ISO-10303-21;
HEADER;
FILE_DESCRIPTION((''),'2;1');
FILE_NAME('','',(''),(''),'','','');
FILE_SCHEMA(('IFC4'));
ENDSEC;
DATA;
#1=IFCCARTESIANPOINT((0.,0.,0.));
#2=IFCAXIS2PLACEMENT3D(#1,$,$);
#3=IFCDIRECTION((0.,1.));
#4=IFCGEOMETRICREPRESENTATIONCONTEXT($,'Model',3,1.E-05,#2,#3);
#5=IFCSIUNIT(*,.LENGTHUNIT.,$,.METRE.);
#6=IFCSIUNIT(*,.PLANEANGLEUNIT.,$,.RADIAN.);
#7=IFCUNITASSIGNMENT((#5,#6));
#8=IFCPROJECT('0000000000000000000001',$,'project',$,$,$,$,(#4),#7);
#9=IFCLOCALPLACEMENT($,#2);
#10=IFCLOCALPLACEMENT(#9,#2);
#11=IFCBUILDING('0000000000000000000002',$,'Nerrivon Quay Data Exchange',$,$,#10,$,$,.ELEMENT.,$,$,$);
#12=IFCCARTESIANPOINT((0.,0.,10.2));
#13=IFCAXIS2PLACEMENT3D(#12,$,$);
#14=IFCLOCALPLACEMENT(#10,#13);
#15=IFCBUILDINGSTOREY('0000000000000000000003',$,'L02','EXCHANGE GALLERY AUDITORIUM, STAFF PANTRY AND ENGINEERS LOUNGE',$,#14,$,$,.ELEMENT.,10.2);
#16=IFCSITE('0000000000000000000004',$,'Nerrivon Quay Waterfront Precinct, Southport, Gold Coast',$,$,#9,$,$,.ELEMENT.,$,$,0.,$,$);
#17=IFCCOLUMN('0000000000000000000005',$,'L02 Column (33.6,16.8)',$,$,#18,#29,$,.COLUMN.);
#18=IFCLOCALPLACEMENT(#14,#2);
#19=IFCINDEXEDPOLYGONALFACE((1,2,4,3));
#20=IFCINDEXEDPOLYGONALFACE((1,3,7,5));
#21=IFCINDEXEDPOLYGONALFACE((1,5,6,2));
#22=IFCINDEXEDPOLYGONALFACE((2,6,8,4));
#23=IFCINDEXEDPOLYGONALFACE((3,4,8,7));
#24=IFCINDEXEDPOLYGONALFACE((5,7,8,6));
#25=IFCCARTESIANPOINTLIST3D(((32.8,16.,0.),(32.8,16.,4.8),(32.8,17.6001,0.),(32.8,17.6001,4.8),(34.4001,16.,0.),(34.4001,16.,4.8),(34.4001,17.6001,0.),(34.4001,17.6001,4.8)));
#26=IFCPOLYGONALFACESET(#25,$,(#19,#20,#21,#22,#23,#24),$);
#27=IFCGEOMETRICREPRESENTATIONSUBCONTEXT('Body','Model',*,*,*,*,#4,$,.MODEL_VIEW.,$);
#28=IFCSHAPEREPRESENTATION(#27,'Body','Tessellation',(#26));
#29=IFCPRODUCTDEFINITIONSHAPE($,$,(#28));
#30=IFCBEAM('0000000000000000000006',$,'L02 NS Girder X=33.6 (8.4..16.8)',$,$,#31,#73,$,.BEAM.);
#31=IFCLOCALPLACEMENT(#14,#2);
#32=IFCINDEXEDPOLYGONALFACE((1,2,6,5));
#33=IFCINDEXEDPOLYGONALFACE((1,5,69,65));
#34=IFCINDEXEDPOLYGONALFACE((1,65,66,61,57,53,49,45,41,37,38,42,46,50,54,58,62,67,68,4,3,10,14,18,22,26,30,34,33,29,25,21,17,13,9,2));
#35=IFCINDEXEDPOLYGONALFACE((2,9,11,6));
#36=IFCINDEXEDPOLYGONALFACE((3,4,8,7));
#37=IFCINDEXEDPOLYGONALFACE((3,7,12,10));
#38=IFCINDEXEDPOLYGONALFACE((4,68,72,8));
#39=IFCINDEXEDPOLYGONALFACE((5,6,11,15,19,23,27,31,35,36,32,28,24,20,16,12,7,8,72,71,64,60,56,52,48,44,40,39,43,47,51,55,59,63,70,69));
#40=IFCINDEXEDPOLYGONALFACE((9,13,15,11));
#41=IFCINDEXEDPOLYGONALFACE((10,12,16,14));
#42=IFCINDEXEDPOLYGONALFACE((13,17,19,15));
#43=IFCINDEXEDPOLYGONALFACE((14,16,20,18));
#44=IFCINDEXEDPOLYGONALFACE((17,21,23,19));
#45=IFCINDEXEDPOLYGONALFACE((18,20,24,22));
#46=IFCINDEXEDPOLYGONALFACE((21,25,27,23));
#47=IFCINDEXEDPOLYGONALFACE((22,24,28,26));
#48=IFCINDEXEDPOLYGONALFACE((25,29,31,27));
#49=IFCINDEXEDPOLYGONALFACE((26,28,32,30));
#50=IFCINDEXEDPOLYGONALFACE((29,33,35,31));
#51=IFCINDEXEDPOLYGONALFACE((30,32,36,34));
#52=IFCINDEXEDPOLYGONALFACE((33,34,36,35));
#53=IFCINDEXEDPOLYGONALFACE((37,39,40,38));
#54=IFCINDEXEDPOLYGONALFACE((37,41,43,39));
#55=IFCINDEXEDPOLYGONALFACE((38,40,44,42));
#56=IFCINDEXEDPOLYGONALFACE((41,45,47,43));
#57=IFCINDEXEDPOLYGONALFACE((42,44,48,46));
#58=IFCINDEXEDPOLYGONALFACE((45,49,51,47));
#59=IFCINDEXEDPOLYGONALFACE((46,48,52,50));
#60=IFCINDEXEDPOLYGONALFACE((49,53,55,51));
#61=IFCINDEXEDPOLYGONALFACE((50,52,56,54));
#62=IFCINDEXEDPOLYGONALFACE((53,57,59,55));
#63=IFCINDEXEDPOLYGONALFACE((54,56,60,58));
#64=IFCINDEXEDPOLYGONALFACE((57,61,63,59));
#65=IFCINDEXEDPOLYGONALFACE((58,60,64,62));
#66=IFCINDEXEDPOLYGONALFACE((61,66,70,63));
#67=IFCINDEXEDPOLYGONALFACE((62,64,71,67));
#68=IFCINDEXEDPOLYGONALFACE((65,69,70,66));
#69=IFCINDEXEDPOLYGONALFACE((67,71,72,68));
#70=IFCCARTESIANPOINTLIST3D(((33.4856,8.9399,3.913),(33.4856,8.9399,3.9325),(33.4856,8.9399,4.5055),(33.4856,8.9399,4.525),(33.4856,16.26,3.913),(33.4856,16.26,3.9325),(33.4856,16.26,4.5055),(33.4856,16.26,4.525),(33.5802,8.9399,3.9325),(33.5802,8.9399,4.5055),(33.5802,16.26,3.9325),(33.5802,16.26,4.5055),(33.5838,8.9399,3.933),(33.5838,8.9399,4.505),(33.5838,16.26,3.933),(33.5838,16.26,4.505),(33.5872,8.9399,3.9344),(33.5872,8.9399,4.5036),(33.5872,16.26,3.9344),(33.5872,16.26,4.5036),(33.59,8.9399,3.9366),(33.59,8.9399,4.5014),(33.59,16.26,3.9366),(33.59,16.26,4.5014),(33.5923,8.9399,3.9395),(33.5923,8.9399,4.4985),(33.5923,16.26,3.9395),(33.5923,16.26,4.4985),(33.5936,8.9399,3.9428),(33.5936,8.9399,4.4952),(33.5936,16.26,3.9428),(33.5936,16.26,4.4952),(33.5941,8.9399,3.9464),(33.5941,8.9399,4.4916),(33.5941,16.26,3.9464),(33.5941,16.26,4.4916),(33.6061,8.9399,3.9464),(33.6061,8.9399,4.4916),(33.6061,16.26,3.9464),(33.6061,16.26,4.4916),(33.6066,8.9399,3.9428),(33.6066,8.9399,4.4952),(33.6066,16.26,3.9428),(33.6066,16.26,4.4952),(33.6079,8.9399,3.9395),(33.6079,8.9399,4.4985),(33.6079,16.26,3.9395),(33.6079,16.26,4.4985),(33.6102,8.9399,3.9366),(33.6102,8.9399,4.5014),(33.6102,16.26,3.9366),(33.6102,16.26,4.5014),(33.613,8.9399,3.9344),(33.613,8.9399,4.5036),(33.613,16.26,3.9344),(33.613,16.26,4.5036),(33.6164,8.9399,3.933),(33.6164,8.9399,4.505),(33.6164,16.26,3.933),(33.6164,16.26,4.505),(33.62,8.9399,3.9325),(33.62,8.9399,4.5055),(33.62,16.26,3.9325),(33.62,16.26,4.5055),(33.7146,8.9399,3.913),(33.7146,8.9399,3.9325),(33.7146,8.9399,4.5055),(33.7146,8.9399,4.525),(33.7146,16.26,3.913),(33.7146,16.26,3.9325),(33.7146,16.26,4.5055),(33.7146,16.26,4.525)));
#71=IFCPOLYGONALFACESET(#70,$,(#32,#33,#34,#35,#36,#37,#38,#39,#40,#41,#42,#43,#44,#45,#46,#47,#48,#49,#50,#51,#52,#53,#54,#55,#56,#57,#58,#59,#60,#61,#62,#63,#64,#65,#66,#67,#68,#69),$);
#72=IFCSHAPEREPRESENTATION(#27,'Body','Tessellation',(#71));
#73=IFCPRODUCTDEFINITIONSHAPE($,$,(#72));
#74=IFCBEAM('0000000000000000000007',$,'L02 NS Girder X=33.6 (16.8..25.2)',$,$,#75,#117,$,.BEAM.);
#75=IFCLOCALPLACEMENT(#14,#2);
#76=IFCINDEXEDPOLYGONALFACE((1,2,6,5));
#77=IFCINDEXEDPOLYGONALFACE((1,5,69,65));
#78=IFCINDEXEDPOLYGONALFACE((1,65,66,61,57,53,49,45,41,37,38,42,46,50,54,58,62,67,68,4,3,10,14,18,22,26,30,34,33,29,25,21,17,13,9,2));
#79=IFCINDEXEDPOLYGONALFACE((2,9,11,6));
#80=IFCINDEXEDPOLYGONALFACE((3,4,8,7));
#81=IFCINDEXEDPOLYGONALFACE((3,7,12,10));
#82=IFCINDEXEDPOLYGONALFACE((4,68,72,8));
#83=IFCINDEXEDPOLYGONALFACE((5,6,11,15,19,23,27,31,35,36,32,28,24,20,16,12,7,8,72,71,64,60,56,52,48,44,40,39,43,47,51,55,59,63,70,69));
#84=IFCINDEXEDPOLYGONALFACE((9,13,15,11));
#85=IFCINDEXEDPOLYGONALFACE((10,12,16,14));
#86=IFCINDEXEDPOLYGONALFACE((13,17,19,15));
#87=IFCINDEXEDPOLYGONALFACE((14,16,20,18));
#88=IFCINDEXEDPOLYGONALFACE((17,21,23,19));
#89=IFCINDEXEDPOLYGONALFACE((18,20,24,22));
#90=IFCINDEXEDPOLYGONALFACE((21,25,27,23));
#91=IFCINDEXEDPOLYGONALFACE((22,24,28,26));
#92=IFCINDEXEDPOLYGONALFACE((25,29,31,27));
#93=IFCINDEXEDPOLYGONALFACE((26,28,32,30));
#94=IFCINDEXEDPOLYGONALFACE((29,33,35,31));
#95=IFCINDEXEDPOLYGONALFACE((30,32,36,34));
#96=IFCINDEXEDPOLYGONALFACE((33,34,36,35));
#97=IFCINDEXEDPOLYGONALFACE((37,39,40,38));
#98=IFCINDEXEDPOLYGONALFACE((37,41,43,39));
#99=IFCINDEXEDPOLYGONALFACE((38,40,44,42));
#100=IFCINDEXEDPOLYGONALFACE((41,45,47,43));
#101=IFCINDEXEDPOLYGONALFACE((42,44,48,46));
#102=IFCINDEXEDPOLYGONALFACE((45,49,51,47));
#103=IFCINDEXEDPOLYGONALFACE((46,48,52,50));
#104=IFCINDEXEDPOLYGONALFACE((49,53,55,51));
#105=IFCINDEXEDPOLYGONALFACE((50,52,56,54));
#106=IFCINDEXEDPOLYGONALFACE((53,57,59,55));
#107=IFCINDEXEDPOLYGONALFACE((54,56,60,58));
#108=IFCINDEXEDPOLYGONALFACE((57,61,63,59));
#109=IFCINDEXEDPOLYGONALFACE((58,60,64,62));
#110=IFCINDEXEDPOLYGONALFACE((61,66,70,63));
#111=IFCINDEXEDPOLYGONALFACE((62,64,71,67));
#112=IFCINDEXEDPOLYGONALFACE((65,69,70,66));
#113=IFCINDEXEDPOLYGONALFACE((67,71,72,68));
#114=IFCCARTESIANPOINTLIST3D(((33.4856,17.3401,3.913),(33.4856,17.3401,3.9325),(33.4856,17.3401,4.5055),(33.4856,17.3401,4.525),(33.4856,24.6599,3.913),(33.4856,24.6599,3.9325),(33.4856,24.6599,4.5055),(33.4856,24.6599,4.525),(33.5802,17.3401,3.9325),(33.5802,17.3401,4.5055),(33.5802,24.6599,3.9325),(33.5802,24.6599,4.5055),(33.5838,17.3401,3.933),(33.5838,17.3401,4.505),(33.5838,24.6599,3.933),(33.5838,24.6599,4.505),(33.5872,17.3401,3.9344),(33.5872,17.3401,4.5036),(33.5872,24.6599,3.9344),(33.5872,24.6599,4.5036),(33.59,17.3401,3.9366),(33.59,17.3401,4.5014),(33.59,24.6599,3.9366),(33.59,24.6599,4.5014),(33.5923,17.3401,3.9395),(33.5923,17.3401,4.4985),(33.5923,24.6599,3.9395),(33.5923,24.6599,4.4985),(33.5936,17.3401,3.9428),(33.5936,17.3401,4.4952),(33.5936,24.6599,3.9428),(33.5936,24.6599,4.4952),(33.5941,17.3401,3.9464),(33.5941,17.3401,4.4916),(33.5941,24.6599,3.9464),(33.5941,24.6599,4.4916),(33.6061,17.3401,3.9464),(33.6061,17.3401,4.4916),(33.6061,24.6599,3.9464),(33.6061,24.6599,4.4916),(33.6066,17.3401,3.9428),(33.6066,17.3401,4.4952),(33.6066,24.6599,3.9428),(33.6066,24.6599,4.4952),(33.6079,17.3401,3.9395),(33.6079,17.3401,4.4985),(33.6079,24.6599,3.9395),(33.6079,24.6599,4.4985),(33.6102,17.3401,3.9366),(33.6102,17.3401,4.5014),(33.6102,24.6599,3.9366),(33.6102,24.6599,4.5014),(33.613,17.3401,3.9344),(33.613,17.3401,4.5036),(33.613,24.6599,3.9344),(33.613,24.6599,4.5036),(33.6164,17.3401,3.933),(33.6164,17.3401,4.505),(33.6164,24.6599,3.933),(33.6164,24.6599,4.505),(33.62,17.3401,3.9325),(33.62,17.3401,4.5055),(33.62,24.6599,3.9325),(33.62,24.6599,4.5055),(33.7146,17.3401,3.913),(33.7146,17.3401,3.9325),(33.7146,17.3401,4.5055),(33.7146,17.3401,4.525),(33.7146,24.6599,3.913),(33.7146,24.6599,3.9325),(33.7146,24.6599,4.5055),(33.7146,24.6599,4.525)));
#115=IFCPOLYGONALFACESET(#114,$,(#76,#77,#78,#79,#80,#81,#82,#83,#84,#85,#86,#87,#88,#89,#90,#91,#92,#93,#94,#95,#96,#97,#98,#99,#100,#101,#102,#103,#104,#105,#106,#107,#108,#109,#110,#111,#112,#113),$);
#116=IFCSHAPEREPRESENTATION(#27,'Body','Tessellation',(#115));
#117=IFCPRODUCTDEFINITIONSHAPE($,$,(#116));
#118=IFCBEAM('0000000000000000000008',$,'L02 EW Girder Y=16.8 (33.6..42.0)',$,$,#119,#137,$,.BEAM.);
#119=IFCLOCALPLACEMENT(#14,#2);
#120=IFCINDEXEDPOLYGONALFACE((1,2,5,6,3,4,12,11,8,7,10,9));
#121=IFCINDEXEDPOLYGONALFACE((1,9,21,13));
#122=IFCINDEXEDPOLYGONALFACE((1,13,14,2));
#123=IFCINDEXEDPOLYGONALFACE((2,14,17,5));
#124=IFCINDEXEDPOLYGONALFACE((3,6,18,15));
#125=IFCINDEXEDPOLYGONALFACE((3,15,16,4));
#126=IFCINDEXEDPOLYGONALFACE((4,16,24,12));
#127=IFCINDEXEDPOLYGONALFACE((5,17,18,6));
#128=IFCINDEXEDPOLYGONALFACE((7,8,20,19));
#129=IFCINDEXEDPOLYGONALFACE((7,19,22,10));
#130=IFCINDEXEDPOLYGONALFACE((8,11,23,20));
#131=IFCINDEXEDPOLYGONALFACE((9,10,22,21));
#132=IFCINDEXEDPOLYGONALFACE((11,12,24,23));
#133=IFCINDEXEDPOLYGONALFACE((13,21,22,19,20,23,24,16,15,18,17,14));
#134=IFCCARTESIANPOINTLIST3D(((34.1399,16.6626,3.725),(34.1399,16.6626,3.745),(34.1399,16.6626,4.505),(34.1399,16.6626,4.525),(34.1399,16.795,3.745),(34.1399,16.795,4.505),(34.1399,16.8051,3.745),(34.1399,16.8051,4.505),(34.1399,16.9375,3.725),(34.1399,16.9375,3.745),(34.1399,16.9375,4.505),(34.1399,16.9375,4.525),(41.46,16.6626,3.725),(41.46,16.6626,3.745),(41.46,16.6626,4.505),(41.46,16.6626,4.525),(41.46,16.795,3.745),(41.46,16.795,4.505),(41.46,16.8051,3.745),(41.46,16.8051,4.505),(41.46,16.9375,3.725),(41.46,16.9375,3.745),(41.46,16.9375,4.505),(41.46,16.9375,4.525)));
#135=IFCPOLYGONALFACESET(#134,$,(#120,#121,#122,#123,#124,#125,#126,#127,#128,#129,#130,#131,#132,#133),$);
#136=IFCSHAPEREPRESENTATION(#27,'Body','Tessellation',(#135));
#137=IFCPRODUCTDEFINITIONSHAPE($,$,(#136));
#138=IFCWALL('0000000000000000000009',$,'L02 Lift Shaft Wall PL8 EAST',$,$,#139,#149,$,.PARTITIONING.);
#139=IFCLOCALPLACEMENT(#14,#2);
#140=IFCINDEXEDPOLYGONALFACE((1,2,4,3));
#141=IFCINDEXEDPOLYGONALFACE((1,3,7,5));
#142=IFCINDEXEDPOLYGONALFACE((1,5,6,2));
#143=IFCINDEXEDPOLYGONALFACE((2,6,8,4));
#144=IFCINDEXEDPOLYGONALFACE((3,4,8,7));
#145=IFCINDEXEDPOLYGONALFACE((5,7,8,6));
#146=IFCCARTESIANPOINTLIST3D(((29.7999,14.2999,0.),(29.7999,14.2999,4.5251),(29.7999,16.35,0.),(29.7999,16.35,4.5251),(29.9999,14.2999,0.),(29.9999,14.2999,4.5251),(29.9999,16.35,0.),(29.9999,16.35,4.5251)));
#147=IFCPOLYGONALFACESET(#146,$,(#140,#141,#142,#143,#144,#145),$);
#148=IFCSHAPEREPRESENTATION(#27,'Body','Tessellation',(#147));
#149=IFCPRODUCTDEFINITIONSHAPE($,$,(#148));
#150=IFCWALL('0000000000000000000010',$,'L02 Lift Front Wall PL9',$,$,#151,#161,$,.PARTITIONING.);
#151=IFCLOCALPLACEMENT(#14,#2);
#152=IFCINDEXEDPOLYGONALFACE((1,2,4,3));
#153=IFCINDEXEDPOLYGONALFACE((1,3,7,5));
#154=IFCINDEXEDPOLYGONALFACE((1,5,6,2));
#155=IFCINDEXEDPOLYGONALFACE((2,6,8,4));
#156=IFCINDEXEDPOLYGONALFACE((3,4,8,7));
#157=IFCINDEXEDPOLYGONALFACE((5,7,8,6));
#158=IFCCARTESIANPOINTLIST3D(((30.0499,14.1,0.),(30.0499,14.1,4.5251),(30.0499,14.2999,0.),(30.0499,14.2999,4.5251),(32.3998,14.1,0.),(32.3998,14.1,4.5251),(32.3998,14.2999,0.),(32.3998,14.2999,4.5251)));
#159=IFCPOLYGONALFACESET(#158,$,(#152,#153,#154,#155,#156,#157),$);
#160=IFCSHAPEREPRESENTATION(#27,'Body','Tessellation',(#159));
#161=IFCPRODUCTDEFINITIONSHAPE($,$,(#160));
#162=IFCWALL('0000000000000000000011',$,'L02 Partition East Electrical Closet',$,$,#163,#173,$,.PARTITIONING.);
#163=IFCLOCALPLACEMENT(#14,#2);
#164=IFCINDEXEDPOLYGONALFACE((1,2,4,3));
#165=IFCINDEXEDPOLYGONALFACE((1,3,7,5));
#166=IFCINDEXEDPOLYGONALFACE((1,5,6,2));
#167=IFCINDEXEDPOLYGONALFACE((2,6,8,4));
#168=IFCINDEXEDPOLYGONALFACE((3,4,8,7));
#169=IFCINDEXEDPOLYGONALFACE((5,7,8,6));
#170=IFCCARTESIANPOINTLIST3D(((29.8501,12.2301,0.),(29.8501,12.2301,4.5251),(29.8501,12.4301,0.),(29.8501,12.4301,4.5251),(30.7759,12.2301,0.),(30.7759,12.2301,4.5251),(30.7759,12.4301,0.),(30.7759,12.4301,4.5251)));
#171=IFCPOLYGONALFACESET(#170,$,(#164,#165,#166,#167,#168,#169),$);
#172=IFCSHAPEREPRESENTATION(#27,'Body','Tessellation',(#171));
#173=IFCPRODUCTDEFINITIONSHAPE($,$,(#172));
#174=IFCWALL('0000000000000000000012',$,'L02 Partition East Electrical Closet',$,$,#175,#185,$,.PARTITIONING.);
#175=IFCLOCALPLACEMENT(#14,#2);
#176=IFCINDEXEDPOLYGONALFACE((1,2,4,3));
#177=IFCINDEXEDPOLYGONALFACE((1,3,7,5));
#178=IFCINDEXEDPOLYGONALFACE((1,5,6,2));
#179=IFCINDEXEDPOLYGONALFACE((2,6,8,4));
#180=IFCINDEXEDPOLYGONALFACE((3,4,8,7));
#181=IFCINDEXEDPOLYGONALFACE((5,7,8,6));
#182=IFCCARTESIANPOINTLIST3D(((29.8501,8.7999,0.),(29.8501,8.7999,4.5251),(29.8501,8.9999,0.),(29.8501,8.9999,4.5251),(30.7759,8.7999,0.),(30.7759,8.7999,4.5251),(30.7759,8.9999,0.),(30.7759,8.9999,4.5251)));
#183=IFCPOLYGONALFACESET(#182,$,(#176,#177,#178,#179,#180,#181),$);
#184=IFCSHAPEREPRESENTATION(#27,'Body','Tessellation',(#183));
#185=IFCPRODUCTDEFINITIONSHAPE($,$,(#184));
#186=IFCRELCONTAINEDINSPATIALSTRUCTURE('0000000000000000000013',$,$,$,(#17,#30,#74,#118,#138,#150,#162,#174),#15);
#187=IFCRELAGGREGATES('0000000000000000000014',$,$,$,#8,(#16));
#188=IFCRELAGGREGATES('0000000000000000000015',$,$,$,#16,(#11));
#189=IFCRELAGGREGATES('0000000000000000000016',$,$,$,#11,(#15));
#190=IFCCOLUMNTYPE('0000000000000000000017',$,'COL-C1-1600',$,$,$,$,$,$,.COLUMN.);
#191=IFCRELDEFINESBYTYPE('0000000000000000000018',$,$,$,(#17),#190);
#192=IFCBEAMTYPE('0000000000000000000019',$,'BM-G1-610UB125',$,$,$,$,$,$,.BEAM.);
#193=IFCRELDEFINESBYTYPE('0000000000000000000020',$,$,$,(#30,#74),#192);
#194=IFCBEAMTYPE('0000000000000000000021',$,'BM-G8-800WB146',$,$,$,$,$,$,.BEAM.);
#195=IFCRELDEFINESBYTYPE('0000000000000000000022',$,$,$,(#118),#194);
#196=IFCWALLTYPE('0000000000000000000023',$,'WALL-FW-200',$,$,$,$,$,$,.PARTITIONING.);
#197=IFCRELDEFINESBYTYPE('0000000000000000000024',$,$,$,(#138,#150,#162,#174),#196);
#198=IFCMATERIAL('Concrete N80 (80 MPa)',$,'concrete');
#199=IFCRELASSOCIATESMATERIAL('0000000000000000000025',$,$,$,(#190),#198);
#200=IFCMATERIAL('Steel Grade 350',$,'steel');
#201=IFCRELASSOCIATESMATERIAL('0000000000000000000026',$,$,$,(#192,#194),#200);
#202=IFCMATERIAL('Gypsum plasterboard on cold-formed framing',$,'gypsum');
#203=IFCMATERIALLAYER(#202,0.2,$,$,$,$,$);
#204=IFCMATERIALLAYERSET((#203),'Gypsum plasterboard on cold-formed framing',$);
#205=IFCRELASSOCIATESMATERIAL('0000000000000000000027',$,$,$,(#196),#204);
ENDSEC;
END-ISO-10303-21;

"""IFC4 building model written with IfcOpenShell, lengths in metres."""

from ifc_helpers import new_model, si_unit, direction, frame, frame_2d, origin, origin_2d, place, context, subcontext, project, spatial, rectangle, i_section, extrude, material, layer, layer_set, material_profile, profile_set, type_object, element, save


model = new_model("IFC4")

# Units and contexts
model_context = context("Model", 3, precision=1e-05, world=origin(), true_north=direction((0.0, 1.0)))
body_context = subcontext(model_context, "Body", "Model", "MODEL_VIEW")
ifc_project = project(units=[si_unit("LENGTHUNIT", "METRE"), si_unit("PLANEANGLEUNIT", "RADIAN")], contexts=[model_context])

# Site, building, storey
site_placement = place(None, origin())
site = spatial("IfcSite", under=ifc_project, at=site_placement, Name="Nerrivon Quay Waterfront Precinct, Southport, Gold Coast", CompositionType="ELEMENT", RefElevation=0.0)
building_placement = place(site_placement, origin())
building = spatial("IfcBuilding", under=site, at=building_placement, Name="Nerrivon Quay Data Exchange", CompositionType="ELEMENT")
storey_placement = place(building_placement, frame((0.0, 0.0, 10.2)))
storey = spatial("IfcBuildingStorey", under=building, at=storey_placement, Name="L02", Description="EXCHANGE GALLERY AUDITORIUM, STAFF PANTRY AND ENGINEERS LOUNGE", CompositionType="ELEMENT", Elevation=10.2)

# Column
ifc_material_1 = material(Name="Concrete N80 (80 MPa)", Category="concrete")
ifc_material_profile_1 = material_profile(ifc_material_1, rectangle(XDim=1.6001, YDim=1.6001, at=origin_2d()), Name="RC-COL-1600x1600")
ifc_profile_set_1 = profile_set([ifc_material_profile_1], Name="Concrete N80 (80 MPa)")
column_type = type_object("IfcColumnType", Name="COL-C1-1600", PredefinedType="COLUMN", material=ifc_profile_set_1)
column_placement = place(storey_placement, frame((33.6001, 16.8, 0.0), z_axis=(0.0, 0.0, 1.0), x_axis=(1.0, 0.0, 0.0)))
element("IfcColumn", 1, at=column_placement, inside=storey, type_object=column_type, Name="L02 Column (33.6,16.8)", PredefinedType="COLUMN", context=body_context, shape_type="SweptSolid", body=[
    extrude(rectangle(XDim=1.6001, YDim=1.6001, at=origin_2d()), origin(), (0.0, 0.0, 1.0), 4.8),
])

# Beams
ifc_material_2 = material(Name="Steel Grade 350", Category="steel")
ifc_material_profile_2 = material_profile(ifc_material_2, i_section(OverallWidth=0.229, OverallDepth=0.6121, WebThickness=0.012, FlangeThickness=0.0195, FilletRadius=0.0139, at=origin_2d()), Name="610UB125")
ifc_profile_set_2 = profile_set([ifc_material_profile_2], Name="Steel Grade 350")
beam_type_1 = type_object("IfcBeamType", Name="BM-G1-610UB125", PredefinedType="BEAM", material=ifc_profile_set_2)
beam_1_placement = place(storey_placement, frame((33.6001, 8.9399, 4.219), z_axis=(0.0, 1.0, 0.0), x_axis=(-1.0, 0.0, 0.0)))
element("IfcBeam", 2, at=beam_1_placement, inside=storey, type_object=beam_type_1, Name="L02 NS Girder X=33.6 (8.4..16.8)", PredefinedType="BEAM", context=body_context, shape_type="SweptSolid", body=[
    extrude(i_section(OverallWidth=0.229, OverallDepth=0.6121, WebThickness=0.012, FlangeThickness=0.0195, FilletRadius=0.0139, at=origin_2d()), origin(), (0.0, 0.0, 1.0), 7.3201),
])
beam_2_placement = place(storey_placement, frame((33.6001, 17.3401, 4.219), z_axis=(0.0, 1.0, 0.0), x_axis=(-1.0, 0.0, 0.0)))
element("IfcBeam", 3, at=beam_2_placement, inside=storey, type_object=beam_type_1, Name="L02 NS Girder X=33.6 (16.8..25.2)", PredefinedType="BEAM", context=body_context, shape_type="SweptSolid", body=[
    extrude(i_section(OverallWidth=0.229, OverallDepth=0.6121, WebThickness=0.012, FlangeThickness=0.0195, FilletRadius=0.0139, at=origin_2d()), origin(), (0.0, 0.0, 1.0), 7.3198),
])
ifc_material_profile_3 = material_profile(ifc_material_2, i_section(OverallWidth=0.2749, OverallDepth=0.8, WebThickness=0.01, FlangeThickness=0.02, at=origin_2d()), Name="800WB146")
ifc_profile_set_3 = profile_set([ifc_material_profile_3], Name="Steel Grade 350")
beam_type_2 = type_object("IfcBeamType", Name="BM-G8-800WB146", PredefinedType="BEAM", material=ifc_profile_set_3)
beam_3_placement = place(storey_placement, frame((34.1399, 16.8, 4.125), z_axis=(1.0, 0.0, 0.0), x_axis=(0.0, 1.0, 0.0)))
element("IfcBeam", 4, at=beam_3_placement, inside=storey, type_object=beam_type_2, Name="L02 EW Girder Y=16.8 (33.6..42.0)", PredefinedType="BEAM", context=body_context, shape_type="SweptSolid", body=[
    extrude(i_section(OverallWidth=0.2749, OverallDepth=0.8, WebThickness=0.01, FlangeThickness=0.02, at=origin_2d()), origin(), (0.0, 0.0, 1.0), 7.3201),
])

# Walls
ifc_material_3 = material(Name="Gypsum plasterboard on cold-formed framing", Category="gypsum")
ifc_layer_1 = layer(ifc_material_3, 0.2)
ifc_layer_set_1 = layer_set([ifc_layer_1], Name="Gypsum plasterboard on cold-formed framing")
wall_type_1 = type_object("IfcWallType", Name="WALL-FW-200", PredefinedType="PARTITIONING", material=ifc_layer_set_1)
wall_1_placement = place(storey_placement, frame((29.8999, 14.3, 0.0), z_axis=(0.0, 0.0, 1.0), x_axis=(0.0, 1.0, 0.0)))
element("IfcWall", 5, at=wall_1_placement, inside=storey, type_object=wall_type_1, Name="L02 Lift Shaft Wall PL8 EAST", PredefinedType="PARTITIONING", context=body_context, shape_type="SweptSolid", body=[
    extrude(rectangle(XDim=2.05, YDim=0.2, at=frame_2d((1.0249, 0.0))), origin(), (0.0, 0.0, 1.0), 4.5251),
])
wall_2_placement = place(storey_placement, frame((30.05, 14.2, 0.0), z_axis=(0.0, 0.0, 1.0), x_axis=(1.0, 0.0, 0.0)))
element("IfcWall", 6, at=wall_2_placement, inside=storey, type_object=wall_type_1, Name="L02 Lift Front Wall PL9", PredefinedType="PARTITIONING", context=body_context, shape_type="SweptSolid", body=[
    extrude(rectangle(XDim=2.3499, YDim=0.2, at=frame_2d((1.1748, 0.0))), origin(), (0.0, 0.0, 1.0), 4.5251),
])

# Walls
for number, where, z_axis, x_axis, name in (
    (7, (30.7759, 12.3301, 0.0), (0.0, 0.0, 1.0), (-1.0, 0.0, 0.0), "L02 Partition East Electrical Closet"),
    (8, (29.8501, 8.8999, 0.0), (0.0, 0.0, 1.0), (1.0, 0.0, 0.0), "L02 Partition East Electrical Closet"),
):
    element("IfcWall", number, at=place(storey_placement, frame(where, z_axis=z_axis, x_axis=x_axis)), inside=storey, type_object=wall_type_1, Name=name, PredefinedType="PARTITIONING", context=body_context, shape_type="SweptSolid", body=[
        extrude(rectangle(XDim=0.9258, YDim=0.2, at=frame_2d((0.4629, 0.0))), origin(), (0.0, 0.0, 1.0), 4.5251),
    ])

save(model, "model.ifc")
